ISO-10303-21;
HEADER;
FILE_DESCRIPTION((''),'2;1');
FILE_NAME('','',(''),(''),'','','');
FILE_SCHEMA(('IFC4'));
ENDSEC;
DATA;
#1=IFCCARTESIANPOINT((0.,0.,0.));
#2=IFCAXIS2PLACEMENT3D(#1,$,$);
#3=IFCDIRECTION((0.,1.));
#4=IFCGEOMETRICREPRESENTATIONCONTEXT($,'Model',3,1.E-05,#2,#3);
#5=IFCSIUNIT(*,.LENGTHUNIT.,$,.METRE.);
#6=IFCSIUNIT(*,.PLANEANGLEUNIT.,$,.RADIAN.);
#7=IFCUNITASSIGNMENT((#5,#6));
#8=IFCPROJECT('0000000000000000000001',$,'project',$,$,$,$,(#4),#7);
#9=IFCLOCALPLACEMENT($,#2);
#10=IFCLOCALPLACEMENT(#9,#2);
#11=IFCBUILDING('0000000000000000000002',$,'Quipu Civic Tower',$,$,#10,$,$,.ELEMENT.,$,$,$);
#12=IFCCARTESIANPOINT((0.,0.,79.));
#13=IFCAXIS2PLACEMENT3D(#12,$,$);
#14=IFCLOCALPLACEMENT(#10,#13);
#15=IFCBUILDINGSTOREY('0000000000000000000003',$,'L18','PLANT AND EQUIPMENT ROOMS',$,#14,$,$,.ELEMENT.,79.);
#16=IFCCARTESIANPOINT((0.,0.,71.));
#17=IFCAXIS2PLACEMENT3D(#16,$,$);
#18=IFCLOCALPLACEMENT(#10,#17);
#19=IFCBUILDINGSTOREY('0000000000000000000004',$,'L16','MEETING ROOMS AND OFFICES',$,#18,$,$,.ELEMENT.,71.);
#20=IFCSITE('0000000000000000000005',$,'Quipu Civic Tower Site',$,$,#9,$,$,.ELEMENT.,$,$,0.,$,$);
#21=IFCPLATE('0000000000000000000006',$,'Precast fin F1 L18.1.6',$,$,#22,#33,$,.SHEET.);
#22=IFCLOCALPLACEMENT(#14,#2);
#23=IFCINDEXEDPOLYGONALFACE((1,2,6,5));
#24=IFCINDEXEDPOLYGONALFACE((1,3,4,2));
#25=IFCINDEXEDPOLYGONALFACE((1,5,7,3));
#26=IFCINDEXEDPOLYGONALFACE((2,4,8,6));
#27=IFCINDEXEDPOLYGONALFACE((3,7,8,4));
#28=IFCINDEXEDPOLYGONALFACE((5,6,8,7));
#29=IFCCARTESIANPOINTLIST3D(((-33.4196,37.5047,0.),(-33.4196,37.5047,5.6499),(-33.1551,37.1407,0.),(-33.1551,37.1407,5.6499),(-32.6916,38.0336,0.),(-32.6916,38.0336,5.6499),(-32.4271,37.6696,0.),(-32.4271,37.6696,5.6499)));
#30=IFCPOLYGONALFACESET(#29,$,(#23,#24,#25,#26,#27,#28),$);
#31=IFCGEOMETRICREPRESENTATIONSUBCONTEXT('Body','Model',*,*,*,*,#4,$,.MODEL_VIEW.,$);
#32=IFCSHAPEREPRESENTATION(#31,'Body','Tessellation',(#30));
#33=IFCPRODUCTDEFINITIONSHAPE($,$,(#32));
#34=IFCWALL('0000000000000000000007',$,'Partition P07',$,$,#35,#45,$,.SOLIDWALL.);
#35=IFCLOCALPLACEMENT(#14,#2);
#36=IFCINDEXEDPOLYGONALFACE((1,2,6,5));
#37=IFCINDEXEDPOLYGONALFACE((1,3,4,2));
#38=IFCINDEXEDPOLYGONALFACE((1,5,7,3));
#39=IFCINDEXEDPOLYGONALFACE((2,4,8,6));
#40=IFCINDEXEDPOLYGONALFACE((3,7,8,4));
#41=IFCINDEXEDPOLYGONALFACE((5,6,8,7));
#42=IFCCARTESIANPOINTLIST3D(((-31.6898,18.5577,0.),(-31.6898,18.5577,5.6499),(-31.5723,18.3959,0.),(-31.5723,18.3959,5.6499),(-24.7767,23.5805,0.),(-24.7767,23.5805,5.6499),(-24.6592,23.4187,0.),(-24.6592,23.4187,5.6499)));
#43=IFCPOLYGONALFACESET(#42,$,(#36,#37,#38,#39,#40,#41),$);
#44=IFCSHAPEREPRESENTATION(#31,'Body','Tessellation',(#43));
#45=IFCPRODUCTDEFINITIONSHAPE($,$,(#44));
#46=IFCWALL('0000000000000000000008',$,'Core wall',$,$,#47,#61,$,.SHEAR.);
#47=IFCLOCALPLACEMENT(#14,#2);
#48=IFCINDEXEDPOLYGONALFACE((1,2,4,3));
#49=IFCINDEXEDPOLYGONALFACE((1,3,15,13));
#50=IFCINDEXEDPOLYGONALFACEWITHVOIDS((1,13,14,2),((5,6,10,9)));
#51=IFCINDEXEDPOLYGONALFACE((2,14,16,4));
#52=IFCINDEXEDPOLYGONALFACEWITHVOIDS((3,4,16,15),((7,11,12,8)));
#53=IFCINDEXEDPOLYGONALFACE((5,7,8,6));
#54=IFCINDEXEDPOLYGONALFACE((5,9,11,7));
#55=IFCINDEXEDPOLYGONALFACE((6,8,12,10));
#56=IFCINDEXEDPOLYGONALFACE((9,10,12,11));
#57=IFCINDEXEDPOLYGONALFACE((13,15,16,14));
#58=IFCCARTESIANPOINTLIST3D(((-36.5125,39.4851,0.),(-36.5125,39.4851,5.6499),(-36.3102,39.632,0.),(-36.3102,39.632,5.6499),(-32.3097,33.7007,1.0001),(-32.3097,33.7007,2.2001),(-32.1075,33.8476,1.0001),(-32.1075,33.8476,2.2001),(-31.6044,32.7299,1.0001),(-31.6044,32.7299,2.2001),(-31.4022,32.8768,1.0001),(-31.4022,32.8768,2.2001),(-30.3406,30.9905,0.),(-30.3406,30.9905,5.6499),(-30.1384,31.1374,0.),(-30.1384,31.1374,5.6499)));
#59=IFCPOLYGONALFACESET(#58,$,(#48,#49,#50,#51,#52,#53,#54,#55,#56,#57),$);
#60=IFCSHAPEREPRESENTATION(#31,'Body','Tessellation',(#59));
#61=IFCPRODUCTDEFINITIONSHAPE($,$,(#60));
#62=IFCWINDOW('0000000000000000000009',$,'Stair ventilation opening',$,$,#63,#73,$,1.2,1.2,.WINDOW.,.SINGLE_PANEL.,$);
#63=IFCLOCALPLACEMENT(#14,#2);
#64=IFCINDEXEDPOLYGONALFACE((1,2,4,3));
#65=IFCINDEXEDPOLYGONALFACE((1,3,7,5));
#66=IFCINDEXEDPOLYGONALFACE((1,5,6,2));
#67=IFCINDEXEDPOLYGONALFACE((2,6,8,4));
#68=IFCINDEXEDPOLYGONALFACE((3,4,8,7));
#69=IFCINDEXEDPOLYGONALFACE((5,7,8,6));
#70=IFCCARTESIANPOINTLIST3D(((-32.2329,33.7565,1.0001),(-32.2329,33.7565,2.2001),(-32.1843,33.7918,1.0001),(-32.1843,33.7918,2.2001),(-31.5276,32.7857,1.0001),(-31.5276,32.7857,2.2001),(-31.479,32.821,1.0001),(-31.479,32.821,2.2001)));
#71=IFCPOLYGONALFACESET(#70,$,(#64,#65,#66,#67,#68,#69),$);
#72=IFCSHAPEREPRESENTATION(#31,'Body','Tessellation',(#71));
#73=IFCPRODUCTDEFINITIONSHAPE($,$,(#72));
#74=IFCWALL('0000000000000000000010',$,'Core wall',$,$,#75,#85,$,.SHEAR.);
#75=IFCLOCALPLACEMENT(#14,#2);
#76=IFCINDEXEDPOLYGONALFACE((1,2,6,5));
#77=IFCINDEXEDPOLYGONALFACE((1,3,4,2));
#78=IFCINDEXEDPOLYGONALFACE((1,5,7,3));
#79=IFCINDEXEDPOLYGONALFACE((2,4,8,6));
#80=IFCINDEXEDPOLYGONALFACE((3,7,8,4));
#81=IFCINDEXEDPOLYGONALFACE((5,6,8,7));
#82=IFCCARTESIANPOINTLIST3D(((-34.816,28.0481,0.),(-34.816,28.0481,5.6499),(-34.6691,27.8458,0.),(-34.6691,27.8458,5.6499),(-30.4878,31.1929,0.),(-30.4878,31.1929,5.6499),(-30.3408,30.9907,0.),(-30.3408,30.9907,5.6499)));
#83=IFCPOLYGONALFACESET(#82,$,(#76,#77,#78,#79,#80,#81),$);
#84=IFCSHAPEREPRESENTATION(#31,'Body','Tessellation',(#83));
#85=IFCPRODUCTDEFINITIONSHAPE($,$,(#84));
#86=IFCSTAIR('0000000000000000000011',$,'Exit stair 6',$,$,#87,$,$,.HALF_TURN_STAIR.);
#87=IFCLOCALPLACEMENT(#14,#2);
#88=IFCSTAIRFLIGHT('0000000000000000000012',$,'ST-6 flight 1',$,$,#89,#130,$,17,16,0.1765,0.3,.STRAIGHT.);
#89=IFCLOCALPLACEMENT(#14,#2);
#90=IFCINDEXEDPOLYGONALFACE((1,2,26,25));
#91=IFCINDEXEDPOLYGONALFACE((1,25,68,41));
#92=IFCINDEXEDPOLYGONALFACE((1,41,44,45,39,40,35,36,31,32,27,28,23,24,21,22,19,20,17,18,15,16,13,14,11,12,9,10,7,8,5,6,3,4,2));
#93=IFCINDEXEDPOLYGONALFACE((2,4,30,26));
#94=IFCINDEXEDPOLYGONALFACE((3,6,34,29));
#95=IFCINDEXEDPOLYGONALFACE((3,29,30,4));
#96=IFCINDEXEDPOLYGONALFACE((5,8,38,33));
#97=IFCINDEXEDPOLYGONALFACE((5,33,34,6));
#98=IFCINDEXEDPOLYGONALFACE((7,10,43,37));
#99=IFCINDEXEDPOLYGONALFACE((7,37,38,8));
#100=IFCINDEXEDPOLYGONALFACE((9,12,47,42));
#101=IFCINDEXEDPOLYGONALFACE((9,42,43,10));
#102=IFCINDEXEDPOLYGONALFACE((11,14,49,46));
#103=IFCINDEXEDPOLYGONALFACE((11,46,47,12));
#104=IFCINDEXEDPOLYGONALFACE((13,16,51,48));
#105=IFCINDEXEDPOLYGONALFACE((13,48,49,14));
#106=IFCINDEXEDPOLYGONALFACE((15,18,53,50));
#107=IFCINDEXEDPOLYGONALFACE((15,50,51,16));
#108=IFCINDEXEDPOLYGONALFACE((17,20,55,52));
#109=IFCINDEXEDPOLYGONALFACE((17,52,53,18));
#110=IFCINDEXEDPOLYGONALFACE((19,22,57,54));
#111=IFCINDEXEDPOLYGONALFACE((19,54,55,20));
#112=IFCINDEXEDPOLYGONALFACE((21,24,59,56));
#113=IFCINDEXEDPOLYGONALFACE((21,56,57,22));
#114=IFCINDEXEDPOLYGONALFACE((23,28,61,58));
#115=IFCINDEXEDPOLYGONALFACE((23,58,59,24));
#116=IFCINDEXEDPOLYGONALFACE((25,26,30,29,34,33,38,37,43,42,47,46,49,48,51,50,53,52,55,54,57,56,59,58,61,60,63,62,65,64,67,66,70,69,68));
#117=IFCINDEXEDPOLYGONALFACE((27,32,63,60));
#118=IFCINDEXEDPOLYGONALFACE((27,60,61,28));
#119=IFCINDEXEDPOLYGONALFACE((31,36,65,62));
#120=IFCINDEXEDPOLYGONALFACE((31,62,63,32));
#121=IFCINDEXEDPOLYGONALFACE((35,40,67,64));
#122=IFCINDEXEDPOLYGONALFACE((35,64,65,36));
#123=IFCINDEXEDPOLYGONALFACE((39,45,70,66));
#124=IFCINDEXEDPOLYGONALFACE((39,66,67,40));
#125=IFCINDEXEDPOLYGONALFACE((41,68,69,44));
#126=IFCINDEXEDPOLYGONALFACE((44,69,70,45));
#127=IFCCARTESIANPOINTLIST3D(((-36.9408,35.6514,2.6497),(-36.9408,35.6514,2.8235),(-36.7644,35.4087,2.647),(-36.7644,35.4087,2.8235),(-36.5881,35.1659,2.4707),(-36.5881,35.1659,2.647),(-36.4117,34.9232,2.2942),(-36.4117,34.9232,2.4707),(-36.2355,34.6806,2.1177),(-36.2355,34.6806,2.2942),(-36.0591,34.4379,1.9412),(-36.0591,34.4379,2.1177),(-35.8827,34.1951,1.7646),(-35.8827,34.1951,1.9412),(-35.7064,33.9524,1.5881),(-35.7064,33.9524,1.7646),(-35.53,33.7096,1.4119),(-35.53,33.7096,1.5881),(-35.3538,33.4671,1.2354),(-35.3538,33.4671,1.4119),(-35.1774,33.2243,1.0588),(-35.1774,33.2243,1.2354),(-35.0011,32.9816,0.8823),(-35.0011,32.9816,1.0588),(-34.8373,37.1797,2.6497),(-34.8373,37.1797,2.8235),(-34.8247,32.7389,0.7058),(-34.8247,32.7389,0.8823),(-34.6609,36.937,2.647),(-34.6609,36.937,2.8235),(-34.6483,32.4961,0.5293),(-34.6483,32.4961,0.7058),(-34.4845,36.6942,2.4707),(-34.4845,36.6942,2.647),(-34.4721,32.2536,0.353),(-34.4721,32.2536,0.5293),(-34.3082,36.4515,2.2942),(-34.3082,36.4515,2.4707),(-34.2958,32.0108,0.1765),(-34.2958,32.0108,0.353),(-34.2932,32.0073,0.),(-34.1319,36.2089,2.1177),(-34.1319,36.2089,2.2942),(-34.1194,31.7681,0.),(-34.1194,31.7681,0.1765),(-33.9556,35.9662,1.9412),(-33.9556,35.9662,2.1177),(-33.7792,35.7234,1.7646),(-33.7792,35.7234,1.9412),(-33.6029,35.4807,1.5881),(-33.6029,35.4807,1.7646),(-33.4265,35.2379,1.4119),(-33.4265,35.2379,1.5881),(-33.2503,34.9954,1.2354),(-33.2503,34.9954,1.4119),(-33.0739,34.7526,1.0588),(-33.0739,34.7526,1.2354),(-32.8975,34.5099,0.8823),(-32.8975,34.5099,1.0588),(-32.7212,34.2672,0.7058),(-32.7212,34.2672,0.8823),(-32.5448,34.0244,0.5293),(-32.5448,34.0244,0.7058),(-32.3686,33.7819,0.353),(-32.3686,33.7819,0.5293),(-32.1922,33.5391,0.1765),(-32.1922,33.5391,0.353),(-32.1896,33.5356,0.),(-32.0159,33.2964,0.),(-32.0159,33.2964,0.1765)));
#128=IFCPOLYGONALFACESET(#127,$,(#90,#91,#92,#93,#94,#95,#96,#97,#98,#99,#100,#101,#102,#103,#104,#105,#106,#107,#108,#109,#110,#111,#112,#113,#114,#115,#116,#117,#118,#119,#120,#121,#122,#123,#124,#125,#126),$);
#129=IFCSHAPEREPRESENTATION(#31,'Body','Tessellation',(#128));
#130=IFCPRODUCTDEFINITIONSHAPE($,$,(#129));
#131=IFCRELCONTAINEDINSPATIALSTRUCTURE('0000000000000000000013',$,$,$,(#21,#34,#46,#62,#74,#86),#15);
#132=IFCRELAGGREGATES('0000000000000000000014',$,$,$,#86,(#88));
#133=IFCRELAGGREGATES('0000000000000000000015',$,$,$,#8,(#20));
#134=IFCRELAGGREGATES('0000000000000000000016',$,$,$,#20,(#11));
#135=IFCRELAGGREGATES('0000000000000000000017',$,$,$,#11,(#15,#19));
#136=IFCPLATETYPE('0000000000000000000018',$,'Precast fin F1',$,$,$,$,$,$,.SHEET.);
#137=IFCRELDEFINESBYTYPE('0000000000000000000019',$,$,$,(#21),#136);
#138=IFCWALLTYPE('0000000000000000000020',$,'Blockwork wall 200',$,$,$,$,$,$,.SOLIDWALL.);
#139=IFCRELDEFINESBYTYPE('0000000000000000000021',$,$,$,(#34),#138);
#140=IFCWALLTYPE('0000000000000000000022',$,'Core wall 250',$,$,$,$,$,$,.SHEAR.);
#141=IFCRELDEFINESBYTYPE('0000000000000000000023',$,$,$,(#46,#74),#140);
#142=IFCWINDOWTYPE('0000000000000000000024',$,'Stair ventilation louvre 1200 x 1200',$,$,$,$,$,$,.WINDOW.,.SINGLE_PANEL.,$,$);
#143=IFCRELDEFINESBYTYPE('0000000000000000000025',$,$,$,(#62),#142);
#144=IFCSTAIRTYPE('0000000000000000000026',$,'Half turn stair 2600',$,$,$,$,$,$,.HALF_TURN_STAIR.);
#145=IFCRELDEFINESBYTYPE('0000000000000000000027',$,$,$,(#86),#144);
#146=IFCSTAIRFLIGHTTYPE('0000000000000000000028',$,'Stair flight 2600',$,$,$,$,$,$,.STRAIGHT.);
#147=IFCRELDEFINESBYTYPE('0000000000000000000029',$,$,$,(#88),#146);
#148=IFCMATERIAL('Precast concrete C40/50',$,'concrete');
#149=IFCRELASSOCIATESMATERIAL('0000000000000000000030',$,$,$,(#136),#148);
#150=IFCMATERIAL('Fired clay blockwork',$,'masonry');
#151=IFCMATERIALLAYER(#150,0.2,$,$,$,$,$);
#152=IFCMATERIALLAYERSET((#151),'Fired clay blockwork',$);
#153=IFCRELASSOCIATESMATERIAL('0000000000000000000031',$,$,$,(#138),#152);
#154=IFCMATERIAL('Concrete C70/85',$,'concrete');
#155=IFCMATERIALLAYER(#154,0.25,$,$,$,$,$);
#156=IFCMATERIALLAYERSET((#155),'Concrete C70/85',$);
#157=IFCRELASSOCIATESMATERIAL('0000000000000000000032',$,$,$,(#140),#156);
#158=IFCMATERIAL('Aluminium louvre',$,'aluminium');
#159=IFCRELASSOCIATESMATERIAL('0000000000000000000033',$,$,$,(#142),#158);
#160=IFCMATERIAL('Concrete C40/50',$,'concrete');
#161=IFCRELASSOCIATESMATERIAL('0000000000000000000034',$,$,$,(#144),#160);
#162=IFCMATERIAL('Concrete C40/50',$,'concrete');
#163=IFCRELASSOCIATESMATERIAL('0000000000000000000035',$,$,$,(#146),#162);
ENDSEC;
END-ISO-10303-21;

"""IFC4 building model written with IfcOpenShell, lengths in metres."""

from ifc_helpers import new_model, si_unit, direction, frame, frame_2d, origin, origin_2d, place, context, subcontext, project, spatial, polyline, rectangle, outline, extrude, material, layer, layer_set, type_object, element, fill, aggregate, save


model = new_model("IFC4")

# Units and contexts
model_context = context("Model", 3, precision=1e-05, world=origin(), true_north=direction((0.0, 1.0)))
body_context = subcontext(model_context, "Body", "Model", "MODEL_VIEW")
ifc_project = project(units=[si_unit("LENGTHUNIT", "METRE"), si_unit("PLANEANGLEUNIT", "RADIAN")], contexts=[model_context])

# Site, building, storey
site_placement = place(None, origin())
site = spatial("IfcSite", under=ifc_project, at=site_placement, Name="Quipu Civic Tower Site", CompositionType="ELEMENT", RefElevation=0.0)
building_placement = place(site_placement, origin())
building = spatial("IfcBuilding", under=site, at=building_placement, Name="Quipu Civic Tower", CompositionType="ELEMENT")
storey_1_placement = place(building_placement, frame((0.0, 0.0, 79.0)))
storey_1 = spatial("IfcBuildingStorey", under=building, at=storey_1_placement, Name="L18", Description="PLANT AND EQUIPMENT ROOMS", CompositionType="ELEMENT", Elevation=79.0)

# Shared definitions
storey_2_placement = place(building_placement, frame((0.0, 0.0, 71.0)))
storey_2 = spatial("IfcBuildingStorey", under=building, at=storey_2_placement, Name="L16", Description="MEETING ROOMS AND OFFICES", CompositionType="ELEMENT", Elevation=71.0)

# Plate
ifc_material_1 = material(Name="Precast concrete C40/50", Category="concrete")
plate_type = type_object("IfcPlateType", Name="Precast fin F1", PredefinedType="SHEET", material=ifc_material_1)
for number, where, z_axis, x_axis, name in (
    (1, (-32.9233, 37.5872, 0.0), (0.0, 0.0, 1.0), (-0.587785, 0.809017, 0.0), "Precast fin F1 L18.1.6"),
):
    element("IfcPlate", number, at=place(storey_1_placement, frame(where, z_axis=z_axis, x_axis=x_axis)), inside=storey_1, type_object=plate_type, Name=name, PredefinedType="SHEET", context=body_context, shape_type="SweptSolid", body=[
        extrude(rectangle(XDim=0.45, YDim=0.8999, at=origin_2d()), origin(), (0.0, 0.0, 1.0), 5.6499),
    ])

# Wall
ifc_material_2 = material(Name="Fired clay blockwork", Category="masonry")
ifc_layer_1 = layer(ifc_material_2, 0.2)
ifc_layer_set_1 = layer_set([ifc_layer_1], Name="Fired clay blockwork")
wall_type_1 = type_object("IfcWallType", Name="Blockwork wall 200", PredefinedType="SOLIDWALL", material=ifc_layer_set_1)
wall_1_placement = place(storey_1_placement, frame((-24.718, 23.4995, 0.0), z_axis=(0.0, 0.0, 1.0), x_axis=(-0.809014, -0.587789, 0.0)))
element("IfcWall", 2, at=wall_1_placement, inside=storey_1, type_object=wall_type_1, Name="Partition P07", PredefinedType="SOLIDWALL", context=body_context, shape_type="SweptSolid", body=[
    extrude(rectangle(XDim=8.5452, YDim=0.2, at=frame_2d((4.2725, 0.0))), origin(), (0.0, 0.0, 1.0), 5.6499),
])

# Wall, opening, window
ifc_material_3 = material(Name="Concrete C70/85", Category="concrete")
ifc_layer_2 = layer(ifc_material_3, 0.25)
ifc_layer_set_2 = layer_set([ifc_layer_2], Name="Concrete C70/85")
wall_type_2 = type_object("IfcWallType", Name="Core wall 250", PredefinedType="SHEAR", material=ifc_layer_set_2)
wall_2_placement = place(storey_1_placement, frame((-30.2395, 31.064, 0.0), z_axis=(0.0, 0.0, 1.0), x_axis=(-0.587796, 0.809009, 0.0)))
wall_2 = element("IfcWall", 3, at=wall_2_placement, inside=storey_1, type_object=wall_type_2, Name="Core wall", PredefinedType="SHEAR", context=body_context, shape_type="SweptSolid", body=[
    extrude(rectangle(XDim=10.5, YDim=0.25, at=frame_2d((5.25, 0.0))), origin(), (0.0, 0.0, 1.0), 5.6499),
])
opening_placement = place(wall_2_placement, frame((2.1499, 0.0, 1.0)))
opening = element("IfcOpeningElement", 4, at=opening_placement, cuts=wall_2, PredefinedType="OPENING", context=body_context, shape_type="SweptSolid", body=[
    extrude(rectangle(XDim=1.2, YDim=1.2, at=frame_2d((0.6001, 0.6001))), frame((0.0, 0.135, 0.0), z_axis=(0.0, -1.0, 0.0), x_axis=(1.0, 0.0, 0.0)), (0.0, 0.0, 1.0), 0.27),
])
ifc_material_4 = material(Name="Aluminium louvre", Category="aluminium")
window_type = type_object("IfcWindowType", Name="Stair ventilation louvre 1200 x 1200", PartitioningType="SINGLE_PANEL", PredefinedType="WINDOW", material=ifc_material_4)
window_placement = place(opening_placement, origin())
window = element("IfcWindow", 5, at=window_placement, inside=storey_1, type_object=window_type, Name="Stair ventilation opening", OverallHeight=1.2, OverallWidth=1.2, PartitioningType="SINGLE_PANEL", PredefinedType="WINDOW", context=body_context, shape_type="SweptSolid", body=[
    extrude(rectangle(XDim=1.2, YDim=1.2, at=frame_2d((0.6001, 0.6001))), frame((0.0, 0.03, 0.0), z_axis=(0.0, -1.0, 0.0), x_axis=(1.0, 0.0, 0.0)), (0.0, 0.0, 1.0), 0.0601),
])
fill(opening, window)

# Wall
wall_3_placement = place(storey_1_placement, frame((-30.4143, 31.0918, 0.0), z_axis=(0.0, 0.0, 1.0), x_axis=(-0.808998, -0.587811, 0.0)))
element("IfcWall", 6, at=wall_3_placement, inside=storey_1, type_object=wall_type_2, Name="Core wall", PredefinedType="SHEAR", context=body_context, shape_type="SweptSolid", body=[
    extrude(rectangle(XDim=5.3501, YDim=0.25, at=frame_2d((2.675, 0.0))), origin(), (0.0, 0.0, 1.0), 5.6499),
])

# Stair, stair flight
ifc_material_5 = material(Name="Concrete C40/50", Category="concrete")
stair_type = type_object("IfcStairType", Name="Half turn stair 2600", PredefinedType="HALF_TURN_STAIR", material=ifc_material_5)
stair_placement = place(storey_1_placement, origin())
stair = element("IfcStair", 7, at=stair_placement, inside=storey_1, type_object=stair_type, Name="Exit stair 6", PredefinedType="HALF_TURN_STAIR")
ifc_material_6 = material(Name="Concrete C40/50", Category="concrete")
stair_flight_type = type_object("IfcStairFlightType", Name="Stair flight 2600", PredefinedType="STRAIGHT", material=ifc_material_6)
stair_flight_placement = place(storey_1_placement, frame((-33.0676, 32.5322, 0.0), z_axis=(0.0, 0.0, 1.0), x_axis=(-0.587785, 0.809017, 0.0)))
stair_flight = element("IfcStairFlight", 8, at=stair_flight_placement, type_object=stair_flight_type, Name="ST-6 flight 1", NumberOfRisers=17, NumberOfTreads=16, PredefinedType="STRAIGHT", RiserHeight=0.1765, TreadLength=0.3, context=body_context, shape_type="SweptSolid", body=[
    extrude(outline(polyline([(0.0, 0.0), (0.0, 0.1765), (0.3, 0.1765), (0.3, 0.353), (0.6001, 0.353), (0.6001, 0.5293), (0.8999, 0.5293), (0.8999, 0.7058), (1.2, 0.7058), (1.2, 0.8823), (1.5, 0.8823), (1.5, 1.0588), (1.8, 1.0588), (1.8, 1.2354), (2.1001, 1.2354), (2.1001, 1.4119), (2.3999, 1.4119), (2.3999, 1.5881), (2.7, 1.5881), (2.7, 1.7646), (3.0, 1.7646), (3.0, 1.9412), (3.3, 1.9412), (3.3, 2.1177), (3.6001, 2.1177), (3.6001, 2.2942), (3.8999, 2.2942), (3.8999, 2.4707), (4.2, 2.4707), (4.2, 2.647), (4.5, 2.647), (4.5, 2.8235), (4.8, 2.8235), (4.8, 3.0), (4.8, 2.6497), (0.2957, 0.0), (0.0, 0.0)])), frame((0.0, 1.3, 0.0), z_axis=(0.0, -1.0, 0.0), x_axis=(1.0, 0.0, 0.0)), (0.0, 0.0, 1.0), 2.6001),
])
aggregate(stair, [stair_flight])

save(model, "model.ifc")
